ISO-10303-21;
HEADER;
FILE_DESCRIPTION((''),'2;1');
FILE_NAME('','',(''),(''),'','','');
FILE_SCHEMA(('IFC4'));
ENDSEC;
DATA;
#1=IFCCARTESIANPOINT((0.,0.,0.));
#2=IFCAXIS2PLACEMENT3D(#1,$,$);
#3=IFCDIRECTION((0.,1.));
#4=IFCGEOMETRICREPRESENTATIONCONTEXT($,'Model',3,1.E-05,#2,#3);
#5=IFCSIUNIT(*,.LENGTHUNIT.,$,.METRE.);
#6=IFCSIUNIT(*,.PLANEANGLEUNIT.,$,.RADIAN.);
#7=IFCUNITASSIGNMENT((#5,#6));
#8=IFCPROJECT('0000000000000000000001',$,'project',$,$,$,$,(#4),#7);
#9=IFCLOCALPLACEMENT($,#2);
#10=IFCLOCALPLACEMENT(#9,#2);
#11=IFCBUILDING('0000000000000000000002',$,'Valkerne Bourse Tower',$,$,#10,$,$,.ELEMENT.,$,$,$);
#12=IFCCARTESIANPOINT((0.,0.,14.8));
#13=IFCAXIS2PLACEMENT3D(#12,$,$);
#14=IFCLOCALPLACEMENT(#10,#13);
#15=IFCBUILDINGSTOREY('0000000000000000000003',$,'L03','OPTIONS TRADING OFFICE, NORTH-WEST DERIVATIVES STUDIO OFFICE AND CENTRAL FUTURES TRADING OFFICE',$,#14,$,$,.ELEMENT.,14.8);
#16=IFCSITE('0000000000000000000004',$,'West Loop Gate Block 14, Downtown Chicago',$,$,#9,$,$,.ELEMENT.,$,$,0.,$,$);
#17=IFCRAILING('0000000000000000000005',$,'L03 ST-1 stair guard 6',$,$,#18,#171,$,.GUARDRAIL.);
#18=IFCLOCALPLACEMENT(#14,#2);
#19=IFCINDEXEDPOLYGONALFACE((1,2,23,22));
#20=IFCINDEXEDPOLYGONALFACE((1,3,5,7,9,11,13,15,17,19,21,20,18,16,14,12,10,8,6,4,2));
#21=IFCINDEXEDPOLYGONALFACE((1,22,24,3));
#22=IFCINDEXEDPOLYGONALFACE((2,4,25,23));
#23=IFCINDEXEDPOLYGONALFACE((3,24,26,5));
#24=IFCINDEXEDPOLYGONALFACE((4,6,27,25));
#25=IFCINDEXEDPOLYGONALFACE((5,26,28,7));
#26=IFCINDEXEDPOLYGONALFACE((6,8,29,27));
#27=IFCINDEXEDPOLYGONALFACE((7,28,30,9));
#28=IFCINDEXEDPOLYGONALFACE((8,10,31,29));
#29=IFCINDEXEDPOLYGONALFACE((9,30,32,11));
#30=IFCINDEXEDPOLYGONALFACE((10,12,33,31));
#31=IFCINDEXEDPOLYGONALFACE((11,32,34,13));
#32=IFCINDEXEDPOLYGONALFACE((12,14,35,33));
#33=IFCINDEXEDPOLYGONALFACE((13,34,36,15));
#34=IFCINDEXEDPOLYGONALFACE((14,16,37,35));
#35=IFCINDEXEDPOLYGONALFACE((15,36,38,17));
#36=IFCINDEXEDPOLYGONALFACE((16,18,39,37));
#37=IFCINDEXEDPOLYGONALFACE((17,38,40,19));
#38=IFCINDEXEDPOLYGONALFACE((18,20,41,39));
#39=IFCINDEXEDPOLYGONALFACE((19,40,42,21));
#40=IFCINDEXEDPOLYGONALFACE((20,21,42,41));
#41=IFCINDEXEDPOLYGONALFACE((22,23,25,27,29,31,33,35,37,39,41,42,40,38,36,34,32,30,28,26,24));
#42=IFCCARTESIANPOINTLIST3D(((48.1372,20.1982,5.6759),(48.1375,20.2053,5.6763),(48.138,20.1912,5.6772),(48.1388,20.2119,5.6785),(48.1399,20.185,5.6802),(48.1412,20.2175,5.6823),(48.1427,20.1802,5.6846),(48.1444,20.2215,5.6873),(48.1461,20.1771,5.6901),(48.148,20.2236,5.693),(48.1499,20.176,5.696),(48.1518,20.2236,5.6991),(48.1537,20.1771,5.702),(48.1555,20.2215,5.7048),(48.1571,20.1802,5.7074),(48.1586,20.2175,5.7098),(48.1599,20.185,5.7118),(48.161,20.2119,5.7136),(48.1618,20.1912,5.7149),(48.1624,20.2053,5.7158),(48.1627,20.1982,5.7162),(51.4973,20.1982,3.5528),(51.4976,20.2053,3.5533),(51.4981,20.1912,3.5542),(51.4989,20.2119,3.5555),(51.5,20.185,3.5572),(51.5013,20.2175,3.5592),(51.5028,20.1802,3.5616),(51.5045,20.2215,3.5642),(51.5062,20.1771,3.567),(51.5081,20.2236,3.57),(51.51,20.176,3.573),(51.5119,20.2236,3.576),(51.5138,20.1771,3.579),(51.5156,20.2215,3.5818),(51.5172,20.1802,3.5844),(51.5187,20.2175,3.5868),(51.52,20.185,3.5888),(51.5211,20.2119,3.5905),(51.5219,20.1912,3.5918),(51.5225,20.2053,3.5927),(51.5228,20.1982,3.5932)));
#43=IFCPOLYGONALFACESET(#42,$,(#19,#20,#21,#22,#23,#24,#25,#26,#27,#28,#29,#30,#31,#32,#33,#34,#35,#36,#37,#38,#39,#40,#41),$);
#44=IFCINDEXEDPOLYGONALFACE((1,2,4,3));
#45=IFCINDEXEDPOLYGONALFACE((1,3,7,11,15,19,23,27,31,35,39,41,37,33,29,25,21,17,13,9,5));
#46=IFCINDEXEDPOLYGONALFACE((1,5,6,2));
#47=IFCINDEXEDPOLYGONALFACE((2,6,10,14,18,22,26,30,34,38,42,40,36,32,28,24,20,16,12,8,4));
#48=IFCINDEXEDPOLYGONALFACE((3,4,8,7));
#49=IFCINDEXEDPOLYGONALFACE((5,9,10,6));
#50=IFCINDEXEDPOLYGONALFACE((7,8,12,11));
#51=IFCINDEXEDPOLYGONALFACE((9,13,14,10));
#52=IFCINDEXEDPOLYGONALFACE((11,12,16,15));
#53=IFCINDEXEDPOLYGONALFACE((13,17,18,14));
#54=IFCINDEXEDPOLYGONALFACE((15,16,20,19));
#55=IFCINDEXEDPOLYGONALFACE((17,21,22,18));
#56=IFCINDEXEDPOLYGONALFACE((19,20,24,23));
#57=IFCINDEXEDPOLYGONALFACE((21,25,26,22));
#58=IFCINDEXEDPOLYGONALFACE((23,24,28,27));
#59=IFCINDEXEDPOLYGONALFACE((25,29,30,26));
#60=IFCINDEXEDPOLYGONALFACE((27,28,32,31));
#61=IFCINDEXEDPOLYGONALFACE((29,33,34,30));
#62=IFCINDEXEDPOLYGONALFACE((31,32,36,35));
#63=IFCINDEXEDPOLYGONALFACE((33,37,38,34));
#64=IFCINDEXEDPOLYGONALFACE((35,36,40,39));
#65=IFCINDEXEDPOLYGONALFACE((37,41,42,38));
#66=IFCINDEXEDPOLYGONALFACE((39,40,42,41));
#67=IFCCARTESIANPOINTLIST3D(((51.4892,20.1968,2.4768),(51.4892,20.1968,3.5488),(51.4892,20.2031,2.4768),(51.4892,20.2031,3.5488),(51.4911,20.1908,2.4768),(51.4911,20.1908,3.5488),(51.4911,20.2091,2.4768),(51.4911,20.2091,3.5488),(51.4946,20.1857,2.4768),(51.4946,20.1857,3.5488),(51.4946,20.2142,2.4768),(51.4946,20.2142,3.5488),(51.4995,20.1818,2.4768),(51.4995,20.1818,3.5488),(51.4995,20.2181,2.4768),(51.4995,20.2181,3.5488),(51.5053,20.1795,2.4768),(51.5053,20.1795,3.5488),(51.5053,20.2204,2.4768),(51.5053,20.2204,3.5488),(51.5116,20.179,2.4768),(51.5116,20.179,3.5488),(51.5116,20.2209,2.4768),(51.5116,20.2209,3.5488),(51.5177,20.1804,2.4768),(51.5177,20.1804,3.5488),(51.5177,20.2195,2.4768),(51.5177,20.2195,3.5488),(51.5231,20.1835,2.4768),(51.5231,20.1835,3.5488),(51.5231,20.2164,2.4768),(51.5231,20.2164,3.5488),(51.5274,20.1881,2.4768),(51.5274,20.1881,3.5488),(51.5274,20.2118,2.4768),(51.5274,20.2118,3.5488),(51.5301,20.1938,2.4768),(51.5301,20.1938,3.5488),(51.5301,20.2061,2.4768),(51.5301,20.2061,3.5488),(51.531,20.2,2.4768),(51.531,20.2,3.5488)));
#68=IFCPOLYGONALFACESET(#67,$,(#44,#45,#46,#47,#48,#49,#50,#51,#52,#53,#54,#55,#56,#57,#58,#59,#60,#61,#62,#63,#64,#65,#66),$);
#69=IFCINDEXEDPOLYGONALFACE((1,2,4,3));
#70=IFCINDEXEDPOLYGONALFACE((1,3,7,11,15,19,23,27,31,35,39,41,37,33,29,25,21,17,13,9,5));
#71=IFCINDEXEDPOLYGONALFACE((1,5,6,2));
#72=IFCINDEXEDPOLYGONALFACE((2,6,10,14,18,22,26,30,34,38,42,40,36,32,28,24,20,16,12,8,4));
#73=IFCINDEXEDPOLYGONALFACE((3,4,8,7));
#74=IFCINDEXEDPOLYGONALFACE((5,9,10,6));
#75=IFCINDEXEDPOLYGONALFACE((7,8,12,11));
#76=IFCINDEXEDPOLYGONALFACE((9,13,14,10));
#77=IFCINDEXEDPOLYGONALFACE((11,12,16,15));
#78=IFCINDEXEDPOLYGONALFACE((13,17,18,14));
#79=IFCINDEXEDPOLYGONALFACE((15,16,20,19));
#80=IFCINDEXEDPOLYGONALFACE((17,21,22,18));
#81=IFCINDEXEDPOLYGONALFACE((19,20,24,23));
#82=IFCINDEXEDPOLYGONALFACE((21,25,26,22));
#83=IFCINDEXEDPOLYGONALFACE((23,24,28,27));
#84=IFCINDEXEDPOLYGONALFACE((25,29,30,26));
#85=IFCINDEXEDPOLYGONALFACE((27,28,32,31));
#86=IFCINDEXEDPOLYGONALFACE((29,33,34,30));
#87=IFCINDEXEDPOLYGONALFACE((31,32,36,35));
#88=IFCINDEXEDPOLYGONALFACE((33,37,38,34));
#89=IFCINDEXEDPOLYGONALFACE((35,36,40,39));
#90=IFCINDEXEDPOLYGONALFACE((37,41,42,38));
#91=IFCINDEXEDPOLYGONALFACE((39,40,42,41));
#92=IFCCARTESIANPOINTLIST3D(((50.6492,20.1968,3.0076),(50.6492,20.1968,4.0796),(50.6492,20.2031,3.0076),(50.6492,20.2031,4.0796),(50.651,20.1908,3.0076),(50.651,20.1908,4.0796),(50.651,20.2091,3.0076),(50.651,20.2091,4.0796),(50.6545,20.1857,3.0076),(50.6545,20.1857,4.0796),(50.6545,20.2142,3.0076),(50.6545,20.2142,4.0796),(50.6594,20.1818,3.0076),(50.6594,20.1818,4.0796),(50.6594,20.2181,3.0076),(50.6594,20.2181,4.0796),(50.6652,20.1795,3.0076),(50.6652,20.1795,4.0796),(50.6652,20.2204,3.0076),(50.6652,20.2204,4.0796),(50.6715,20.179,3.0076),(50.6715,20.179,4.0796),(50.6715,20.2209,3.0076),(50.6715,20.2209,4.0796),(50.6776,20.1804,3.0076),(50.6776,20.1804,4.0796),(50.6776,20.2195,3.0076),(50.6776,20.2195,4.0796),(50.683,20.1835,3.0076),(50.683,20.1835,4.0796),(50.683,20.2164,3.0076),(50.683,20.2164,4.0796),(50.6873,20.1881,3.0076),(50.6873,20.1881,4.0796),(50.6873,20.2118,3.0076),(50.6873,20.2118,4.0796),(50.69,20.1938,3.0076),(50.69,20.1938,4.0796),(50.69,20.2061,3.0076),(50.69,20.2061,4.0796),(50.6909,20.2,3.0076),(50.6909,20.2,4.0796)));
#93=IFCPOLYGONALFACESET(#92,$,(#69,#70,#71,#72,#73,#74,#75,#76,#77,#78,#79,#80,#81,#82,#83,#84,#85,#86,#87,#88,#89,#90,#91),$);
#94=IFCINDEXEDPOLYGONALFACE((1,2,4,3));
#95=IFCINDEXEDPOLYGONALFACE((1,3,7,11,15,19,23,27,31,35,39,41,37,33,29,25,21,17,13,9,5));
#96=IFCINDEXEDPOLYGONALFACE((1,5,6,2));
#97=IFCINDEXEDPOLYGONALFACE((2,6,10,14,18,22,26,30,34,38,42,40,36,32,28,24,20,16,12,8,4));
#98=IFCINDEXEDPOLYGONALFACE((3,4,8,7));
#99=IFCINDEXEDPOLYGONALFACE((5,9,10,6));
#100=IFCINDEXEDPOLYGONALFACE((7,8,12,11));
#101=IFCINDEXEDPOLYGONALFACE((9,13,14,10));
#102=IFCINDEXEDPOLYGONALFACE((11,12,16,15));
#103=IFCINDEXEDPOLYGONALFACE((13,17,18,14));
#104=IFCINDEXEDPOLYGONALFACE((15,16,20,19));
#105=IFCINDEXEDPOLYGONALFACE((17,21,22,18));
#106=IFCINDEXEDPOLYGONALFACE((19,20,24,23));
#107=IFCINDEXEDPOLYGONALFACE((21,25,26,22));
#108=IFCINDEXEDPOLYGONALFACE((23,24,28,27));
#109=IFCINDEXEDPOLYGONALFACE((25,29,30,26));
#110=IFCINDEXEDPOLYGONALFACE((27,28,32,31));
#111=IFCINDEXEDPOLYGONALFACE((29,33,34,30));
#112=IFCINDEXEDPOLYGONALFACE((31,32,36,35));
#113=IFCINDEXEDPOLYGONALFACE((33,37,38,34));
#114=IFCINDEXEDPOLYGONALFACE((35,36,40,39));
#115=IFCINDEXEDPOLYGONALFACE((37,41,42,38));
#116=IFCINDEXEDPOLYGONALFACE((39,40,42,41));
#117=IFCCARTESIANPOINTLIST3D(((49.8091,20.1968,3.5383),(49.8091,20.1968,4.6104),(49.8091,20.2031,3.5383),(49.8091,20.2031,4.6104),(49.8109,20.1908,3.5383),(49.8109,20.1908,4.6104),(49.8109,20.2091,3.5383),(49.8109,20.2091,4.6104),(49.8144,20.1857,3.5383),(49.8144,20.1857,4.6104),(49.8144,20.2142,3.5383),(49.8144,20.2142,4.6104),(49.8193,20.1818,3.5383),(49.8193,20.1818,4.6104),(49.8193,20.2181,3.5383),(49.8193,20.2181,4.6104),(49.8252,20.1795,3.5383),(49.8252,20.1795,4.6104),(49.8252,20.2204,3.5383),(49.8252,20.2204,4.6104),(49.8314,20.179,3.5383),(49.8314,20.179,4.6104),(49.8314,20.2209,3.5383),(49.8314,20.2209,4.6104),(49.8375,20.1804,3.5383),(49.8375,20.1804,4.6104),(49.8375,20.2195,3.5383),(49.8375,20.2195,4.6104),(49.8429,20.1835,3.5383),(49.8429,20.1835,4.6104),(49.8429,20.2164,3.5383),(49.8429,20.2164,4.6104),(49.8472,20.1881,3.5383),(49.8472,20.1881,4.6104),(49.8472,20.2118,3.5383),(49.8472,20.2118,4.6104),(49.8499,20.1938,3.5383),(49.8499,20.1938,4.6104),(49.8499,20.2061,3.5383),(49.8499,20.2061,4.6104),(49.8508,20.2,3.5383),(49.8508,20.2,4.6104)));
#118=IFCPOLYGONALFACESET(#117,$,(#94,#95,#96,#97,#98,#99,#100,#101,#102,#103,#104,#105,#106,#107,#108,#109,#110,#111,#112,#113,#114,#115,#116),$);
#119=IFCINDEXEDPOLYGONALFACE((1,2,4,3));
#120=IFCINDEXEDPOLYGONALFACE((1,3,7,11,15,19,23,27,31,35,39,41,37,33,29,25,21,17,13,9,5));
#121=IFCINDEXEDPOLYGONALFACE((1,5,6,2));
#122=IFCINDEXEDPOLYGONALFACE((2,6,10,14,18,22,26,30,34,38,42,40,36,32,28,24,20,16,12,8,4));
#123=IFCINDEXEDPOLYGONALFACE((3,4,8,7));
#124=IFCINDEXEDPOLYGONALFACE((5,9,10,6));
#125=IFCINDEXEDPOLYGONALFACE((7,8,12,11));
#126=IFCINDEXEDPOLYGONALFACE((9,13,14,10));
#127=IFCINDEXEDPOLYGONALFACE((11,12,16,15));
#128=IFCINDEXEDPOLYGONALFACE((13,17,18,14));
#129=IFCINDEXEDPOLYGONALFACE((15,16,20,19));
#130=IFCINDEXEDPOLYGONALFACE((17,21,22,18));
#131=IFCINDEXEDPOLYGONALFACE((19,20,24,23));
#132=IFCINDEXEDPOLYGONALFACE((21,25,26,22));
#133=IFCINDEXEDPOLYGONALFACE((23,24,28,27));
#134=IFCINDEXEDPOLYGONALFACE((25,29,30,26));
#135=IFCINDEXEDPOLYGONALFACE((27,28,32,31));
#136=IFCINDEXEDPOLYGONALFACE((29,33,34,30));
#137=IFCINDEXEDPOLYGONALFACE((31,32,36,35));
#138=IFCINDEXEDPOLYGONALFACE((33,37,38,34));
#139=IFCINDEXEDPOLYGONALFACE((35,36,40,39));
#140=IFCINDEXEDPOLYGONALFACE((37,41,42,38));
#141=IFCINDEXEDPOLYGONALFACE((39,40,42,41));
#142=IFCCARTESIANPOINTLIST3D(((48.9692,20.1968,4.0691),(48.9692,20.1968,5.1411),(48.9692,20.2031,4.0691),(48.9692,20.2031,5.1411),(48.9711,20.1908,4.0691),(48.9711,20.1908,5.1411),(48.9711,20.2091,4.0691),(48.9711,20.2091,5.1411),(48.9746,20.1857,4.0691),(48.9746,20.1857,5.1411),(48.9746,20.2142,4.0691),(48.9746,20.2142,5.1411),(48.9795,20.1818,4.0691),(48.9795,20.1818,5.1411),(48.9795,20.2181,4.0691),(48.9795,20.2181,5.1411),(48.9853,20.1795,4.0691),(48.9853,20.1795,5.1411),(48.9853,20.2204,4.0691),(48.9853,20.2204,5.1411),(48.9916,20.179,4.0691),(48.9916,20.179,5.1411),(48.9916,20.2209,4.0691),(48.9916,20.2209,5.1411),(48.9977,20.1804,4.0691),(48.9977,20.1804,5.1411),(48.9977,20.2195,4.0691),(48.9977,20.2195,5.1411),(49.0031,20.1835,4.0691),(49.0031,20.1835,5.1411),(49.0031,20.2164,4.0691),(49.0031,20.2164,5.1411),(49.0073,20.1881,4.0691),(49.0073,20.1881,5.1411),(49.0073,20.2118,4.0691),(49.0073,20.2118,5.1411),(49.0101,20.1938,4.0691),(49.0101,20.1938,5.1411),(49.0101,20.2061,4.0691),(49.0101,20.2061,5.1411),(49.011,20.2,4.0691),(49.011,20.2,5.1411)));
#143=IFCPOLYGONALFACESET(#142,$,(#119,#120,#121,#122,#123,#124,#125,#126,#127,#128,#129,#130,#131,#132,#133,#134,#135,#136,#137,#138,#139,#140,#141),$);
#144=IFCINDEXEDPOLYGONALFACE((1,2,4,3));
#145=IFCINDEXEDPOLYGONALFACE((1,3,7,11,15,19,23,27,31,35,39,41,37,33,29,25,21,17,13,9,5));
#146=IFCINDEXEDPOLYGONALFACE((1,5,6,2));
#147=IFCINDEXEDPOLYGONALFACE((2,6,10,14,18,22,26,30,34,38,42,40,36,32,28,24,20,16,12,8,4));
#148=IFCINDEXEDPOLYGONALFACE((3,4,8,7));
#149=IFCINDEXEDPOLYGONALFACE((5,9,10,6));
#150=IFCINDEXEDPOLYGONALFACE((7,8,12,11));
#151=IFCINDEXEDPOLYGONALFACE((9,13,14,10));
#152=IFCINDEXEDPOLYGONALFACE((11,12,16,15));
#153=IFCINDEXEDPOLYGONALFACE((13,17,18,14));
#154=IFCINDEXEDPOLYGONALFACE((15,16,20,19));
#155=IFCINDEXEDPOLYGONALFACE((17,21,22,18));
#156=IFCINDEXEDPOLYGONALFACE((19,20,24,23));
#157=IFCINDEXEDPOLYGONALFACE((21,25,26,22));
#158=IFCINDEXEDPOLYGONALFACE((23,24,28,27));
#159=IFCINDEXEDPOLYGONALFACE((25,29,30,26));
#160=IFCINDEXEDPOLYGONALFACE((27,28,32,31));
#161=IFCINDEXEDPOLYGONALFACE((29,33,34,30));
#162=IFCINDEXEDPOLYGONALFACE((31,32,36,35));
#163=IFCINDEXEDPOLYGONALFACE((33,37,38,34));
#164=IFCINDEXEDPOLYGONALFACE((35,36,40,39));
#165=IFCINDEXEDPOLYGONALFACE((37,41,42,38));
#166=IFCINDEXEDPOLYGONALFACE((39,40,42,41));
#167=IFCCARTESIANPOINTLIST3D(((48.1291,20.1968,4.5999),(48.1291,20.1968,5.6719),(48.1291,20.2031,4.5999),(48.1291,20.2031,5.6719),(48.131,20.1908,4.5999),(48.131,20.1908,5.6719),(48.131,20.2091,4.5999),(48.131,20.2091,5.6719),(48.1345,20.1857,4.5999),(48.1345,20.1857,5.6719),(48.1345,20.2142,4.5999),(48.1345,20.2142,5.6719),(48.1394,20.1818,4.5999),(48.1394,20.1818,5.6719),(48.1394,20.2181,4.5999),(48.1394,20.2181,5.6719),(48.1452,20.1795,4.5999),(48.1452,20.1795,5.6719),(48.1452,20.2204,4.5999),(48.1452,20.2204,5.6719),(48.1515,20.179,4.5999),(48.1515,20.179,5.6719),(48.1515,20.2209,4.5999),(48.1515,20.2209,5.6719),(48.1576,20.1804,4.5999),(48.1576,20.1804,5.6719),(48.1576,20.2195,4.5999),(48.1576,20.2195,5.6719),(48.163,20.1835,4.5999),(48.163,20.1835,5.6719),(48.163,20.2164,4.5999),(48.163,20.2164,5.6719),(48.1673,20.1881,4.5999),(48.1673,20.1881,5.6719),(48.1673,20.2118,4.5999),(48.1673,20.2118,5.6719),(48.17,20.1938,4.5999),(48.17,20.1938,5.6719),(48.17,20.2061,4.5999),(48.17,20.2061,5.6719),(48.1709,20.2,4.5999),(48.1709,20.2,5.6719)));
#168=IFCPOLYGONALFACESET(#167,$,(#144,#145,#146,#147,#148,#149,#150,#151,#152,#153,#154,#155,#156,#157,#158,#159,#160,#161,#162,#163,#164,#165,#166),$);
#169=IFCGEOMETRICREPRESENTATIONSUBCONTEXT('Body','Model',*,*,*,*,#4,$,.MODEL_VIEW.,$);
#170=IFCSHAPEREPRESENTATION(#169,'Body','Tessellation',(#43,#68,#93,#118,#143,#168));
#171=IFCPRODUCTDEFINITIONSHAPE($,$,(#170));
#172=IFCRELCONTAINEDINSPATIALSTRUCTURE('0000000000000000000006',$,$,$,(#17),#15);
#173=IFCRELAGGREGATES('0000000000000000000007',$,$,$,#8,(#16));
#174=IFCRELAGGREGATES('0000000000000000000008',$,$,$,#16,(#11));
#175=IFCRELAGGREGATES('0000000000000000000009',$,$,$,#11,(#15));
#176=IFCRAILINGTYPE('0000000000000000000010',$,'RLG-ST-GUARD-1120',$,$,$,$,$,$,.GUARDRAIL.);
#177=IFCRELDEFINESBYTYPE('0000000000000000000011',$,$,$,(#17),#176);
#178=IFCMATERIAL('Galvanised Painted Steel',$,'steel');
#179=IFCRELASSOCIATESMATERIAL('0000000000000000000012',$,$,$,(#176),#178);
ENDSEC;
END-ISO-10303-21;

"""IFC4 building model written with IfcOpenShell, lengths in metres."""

from ifc_helpers import new_model, si_unit, direction, frame, origin, origin_2d, place, context, subcontext, project, spatial, circle, extrude, material, type_object, element, save


model = new_model("IFC4")

# Units and contexts
model_context = context("Model", 3, precision=1e-05, world=origin(), true_north=direction((0.0, 1.0)))
body_context = subcontext(model_context, "Body", "Model", "MODEL_VIEW")
ifc_project = project(units=[si_unit("LENGTHUNIT", "METRE"), si_unit("PLANEANGLEUNIT", "RADIAN")], contexts=[model_context])

# Site, building, storey
site_placement = place(None, origin())
site = spatial("IfcSite", under=ifc_project, at=site_placement, Name="West Loop Gate Block 14, Downtown Chicago", CompositionType="ELEMENT", RefElevation=0.0)
building_placement = place(site_placement, origin())
building = spatial("IfcBuilding", under=site, at=building_placement, Name="Valkerne Bourse Tower", CompositionType="ELEMENT")
storey_placement = place(building_placement, frame((0.0, 0.0, 14.8)))
storey = spatial("IfcBuildingStorey", under=building, at=storey_placement, Name="L03", Description="OPTIONS TRADING OFFICE, NORTH-WEST DERIVATIVES STUDIO OFFICE AND CENTRAL FUTURES TRADING OFFICE", CompositionType="ELEMENT", Elevation=14.8)

# Shared definitions
ifc_material_1 = material(Name="Galvanised Painted Steel", Category="steel")

# Railing
railing_type_1 = type_object("IfcRailingType", Name="RLG-ST-GUARD-1120", PredefinedType="GUARDRAIL", material=ifc_material_1)
railing_1_placement = place(storey_placement, frame((51.51, 20.2, 2.4768)))
element("IfcRailing", 1, at=railing_1_placement, inside=storey, type_object=railing_type_1, Name="L03 ST-1 stair guard 6", PredefinedType="GUARDRAIL", context=body_context, shape_type="SweptSolid", body=[
    extrude(circle(Radius=0.0239, at=origin_2d()), frame((0.0, 0.0, 1.0962), z_axis=(-0.84539, 0.0, 0.53415), x_axis=(0.0, -1.0, 0.0)), (0.0, 0.0, 1.0), 3.9746),
    extrude(circle(Radius=0.021, at=origin_2d()), origin(), (0.0, 0.0, 1.0), 1.072),
    extrude(circle(Radius=0.021, at=origin_2d()), frame((-0.8401, 0.0, 0.5308)), (0.0, 0.0, 1.0), 1.072),
    extrude(circle(Radius=0.021, at=origin_2d()), frame((-1.6802, 0.0, 1.0615)), (0.0, 0.0, 1.0), 1.072),
    extrude(circle(Radius=0.021, at=origin_2d()), frame((-2.52, 0.0, 1.5923)), (0.0, 0.0, 1.0), 1.072),
    extrude(circle(Radius=0.021, at=origin_2d()), frame((-3.3601, 0.0, 2.123)), (0.0, 0.0, 1.0), 1.072),
])

save(model, "model.ifc")
